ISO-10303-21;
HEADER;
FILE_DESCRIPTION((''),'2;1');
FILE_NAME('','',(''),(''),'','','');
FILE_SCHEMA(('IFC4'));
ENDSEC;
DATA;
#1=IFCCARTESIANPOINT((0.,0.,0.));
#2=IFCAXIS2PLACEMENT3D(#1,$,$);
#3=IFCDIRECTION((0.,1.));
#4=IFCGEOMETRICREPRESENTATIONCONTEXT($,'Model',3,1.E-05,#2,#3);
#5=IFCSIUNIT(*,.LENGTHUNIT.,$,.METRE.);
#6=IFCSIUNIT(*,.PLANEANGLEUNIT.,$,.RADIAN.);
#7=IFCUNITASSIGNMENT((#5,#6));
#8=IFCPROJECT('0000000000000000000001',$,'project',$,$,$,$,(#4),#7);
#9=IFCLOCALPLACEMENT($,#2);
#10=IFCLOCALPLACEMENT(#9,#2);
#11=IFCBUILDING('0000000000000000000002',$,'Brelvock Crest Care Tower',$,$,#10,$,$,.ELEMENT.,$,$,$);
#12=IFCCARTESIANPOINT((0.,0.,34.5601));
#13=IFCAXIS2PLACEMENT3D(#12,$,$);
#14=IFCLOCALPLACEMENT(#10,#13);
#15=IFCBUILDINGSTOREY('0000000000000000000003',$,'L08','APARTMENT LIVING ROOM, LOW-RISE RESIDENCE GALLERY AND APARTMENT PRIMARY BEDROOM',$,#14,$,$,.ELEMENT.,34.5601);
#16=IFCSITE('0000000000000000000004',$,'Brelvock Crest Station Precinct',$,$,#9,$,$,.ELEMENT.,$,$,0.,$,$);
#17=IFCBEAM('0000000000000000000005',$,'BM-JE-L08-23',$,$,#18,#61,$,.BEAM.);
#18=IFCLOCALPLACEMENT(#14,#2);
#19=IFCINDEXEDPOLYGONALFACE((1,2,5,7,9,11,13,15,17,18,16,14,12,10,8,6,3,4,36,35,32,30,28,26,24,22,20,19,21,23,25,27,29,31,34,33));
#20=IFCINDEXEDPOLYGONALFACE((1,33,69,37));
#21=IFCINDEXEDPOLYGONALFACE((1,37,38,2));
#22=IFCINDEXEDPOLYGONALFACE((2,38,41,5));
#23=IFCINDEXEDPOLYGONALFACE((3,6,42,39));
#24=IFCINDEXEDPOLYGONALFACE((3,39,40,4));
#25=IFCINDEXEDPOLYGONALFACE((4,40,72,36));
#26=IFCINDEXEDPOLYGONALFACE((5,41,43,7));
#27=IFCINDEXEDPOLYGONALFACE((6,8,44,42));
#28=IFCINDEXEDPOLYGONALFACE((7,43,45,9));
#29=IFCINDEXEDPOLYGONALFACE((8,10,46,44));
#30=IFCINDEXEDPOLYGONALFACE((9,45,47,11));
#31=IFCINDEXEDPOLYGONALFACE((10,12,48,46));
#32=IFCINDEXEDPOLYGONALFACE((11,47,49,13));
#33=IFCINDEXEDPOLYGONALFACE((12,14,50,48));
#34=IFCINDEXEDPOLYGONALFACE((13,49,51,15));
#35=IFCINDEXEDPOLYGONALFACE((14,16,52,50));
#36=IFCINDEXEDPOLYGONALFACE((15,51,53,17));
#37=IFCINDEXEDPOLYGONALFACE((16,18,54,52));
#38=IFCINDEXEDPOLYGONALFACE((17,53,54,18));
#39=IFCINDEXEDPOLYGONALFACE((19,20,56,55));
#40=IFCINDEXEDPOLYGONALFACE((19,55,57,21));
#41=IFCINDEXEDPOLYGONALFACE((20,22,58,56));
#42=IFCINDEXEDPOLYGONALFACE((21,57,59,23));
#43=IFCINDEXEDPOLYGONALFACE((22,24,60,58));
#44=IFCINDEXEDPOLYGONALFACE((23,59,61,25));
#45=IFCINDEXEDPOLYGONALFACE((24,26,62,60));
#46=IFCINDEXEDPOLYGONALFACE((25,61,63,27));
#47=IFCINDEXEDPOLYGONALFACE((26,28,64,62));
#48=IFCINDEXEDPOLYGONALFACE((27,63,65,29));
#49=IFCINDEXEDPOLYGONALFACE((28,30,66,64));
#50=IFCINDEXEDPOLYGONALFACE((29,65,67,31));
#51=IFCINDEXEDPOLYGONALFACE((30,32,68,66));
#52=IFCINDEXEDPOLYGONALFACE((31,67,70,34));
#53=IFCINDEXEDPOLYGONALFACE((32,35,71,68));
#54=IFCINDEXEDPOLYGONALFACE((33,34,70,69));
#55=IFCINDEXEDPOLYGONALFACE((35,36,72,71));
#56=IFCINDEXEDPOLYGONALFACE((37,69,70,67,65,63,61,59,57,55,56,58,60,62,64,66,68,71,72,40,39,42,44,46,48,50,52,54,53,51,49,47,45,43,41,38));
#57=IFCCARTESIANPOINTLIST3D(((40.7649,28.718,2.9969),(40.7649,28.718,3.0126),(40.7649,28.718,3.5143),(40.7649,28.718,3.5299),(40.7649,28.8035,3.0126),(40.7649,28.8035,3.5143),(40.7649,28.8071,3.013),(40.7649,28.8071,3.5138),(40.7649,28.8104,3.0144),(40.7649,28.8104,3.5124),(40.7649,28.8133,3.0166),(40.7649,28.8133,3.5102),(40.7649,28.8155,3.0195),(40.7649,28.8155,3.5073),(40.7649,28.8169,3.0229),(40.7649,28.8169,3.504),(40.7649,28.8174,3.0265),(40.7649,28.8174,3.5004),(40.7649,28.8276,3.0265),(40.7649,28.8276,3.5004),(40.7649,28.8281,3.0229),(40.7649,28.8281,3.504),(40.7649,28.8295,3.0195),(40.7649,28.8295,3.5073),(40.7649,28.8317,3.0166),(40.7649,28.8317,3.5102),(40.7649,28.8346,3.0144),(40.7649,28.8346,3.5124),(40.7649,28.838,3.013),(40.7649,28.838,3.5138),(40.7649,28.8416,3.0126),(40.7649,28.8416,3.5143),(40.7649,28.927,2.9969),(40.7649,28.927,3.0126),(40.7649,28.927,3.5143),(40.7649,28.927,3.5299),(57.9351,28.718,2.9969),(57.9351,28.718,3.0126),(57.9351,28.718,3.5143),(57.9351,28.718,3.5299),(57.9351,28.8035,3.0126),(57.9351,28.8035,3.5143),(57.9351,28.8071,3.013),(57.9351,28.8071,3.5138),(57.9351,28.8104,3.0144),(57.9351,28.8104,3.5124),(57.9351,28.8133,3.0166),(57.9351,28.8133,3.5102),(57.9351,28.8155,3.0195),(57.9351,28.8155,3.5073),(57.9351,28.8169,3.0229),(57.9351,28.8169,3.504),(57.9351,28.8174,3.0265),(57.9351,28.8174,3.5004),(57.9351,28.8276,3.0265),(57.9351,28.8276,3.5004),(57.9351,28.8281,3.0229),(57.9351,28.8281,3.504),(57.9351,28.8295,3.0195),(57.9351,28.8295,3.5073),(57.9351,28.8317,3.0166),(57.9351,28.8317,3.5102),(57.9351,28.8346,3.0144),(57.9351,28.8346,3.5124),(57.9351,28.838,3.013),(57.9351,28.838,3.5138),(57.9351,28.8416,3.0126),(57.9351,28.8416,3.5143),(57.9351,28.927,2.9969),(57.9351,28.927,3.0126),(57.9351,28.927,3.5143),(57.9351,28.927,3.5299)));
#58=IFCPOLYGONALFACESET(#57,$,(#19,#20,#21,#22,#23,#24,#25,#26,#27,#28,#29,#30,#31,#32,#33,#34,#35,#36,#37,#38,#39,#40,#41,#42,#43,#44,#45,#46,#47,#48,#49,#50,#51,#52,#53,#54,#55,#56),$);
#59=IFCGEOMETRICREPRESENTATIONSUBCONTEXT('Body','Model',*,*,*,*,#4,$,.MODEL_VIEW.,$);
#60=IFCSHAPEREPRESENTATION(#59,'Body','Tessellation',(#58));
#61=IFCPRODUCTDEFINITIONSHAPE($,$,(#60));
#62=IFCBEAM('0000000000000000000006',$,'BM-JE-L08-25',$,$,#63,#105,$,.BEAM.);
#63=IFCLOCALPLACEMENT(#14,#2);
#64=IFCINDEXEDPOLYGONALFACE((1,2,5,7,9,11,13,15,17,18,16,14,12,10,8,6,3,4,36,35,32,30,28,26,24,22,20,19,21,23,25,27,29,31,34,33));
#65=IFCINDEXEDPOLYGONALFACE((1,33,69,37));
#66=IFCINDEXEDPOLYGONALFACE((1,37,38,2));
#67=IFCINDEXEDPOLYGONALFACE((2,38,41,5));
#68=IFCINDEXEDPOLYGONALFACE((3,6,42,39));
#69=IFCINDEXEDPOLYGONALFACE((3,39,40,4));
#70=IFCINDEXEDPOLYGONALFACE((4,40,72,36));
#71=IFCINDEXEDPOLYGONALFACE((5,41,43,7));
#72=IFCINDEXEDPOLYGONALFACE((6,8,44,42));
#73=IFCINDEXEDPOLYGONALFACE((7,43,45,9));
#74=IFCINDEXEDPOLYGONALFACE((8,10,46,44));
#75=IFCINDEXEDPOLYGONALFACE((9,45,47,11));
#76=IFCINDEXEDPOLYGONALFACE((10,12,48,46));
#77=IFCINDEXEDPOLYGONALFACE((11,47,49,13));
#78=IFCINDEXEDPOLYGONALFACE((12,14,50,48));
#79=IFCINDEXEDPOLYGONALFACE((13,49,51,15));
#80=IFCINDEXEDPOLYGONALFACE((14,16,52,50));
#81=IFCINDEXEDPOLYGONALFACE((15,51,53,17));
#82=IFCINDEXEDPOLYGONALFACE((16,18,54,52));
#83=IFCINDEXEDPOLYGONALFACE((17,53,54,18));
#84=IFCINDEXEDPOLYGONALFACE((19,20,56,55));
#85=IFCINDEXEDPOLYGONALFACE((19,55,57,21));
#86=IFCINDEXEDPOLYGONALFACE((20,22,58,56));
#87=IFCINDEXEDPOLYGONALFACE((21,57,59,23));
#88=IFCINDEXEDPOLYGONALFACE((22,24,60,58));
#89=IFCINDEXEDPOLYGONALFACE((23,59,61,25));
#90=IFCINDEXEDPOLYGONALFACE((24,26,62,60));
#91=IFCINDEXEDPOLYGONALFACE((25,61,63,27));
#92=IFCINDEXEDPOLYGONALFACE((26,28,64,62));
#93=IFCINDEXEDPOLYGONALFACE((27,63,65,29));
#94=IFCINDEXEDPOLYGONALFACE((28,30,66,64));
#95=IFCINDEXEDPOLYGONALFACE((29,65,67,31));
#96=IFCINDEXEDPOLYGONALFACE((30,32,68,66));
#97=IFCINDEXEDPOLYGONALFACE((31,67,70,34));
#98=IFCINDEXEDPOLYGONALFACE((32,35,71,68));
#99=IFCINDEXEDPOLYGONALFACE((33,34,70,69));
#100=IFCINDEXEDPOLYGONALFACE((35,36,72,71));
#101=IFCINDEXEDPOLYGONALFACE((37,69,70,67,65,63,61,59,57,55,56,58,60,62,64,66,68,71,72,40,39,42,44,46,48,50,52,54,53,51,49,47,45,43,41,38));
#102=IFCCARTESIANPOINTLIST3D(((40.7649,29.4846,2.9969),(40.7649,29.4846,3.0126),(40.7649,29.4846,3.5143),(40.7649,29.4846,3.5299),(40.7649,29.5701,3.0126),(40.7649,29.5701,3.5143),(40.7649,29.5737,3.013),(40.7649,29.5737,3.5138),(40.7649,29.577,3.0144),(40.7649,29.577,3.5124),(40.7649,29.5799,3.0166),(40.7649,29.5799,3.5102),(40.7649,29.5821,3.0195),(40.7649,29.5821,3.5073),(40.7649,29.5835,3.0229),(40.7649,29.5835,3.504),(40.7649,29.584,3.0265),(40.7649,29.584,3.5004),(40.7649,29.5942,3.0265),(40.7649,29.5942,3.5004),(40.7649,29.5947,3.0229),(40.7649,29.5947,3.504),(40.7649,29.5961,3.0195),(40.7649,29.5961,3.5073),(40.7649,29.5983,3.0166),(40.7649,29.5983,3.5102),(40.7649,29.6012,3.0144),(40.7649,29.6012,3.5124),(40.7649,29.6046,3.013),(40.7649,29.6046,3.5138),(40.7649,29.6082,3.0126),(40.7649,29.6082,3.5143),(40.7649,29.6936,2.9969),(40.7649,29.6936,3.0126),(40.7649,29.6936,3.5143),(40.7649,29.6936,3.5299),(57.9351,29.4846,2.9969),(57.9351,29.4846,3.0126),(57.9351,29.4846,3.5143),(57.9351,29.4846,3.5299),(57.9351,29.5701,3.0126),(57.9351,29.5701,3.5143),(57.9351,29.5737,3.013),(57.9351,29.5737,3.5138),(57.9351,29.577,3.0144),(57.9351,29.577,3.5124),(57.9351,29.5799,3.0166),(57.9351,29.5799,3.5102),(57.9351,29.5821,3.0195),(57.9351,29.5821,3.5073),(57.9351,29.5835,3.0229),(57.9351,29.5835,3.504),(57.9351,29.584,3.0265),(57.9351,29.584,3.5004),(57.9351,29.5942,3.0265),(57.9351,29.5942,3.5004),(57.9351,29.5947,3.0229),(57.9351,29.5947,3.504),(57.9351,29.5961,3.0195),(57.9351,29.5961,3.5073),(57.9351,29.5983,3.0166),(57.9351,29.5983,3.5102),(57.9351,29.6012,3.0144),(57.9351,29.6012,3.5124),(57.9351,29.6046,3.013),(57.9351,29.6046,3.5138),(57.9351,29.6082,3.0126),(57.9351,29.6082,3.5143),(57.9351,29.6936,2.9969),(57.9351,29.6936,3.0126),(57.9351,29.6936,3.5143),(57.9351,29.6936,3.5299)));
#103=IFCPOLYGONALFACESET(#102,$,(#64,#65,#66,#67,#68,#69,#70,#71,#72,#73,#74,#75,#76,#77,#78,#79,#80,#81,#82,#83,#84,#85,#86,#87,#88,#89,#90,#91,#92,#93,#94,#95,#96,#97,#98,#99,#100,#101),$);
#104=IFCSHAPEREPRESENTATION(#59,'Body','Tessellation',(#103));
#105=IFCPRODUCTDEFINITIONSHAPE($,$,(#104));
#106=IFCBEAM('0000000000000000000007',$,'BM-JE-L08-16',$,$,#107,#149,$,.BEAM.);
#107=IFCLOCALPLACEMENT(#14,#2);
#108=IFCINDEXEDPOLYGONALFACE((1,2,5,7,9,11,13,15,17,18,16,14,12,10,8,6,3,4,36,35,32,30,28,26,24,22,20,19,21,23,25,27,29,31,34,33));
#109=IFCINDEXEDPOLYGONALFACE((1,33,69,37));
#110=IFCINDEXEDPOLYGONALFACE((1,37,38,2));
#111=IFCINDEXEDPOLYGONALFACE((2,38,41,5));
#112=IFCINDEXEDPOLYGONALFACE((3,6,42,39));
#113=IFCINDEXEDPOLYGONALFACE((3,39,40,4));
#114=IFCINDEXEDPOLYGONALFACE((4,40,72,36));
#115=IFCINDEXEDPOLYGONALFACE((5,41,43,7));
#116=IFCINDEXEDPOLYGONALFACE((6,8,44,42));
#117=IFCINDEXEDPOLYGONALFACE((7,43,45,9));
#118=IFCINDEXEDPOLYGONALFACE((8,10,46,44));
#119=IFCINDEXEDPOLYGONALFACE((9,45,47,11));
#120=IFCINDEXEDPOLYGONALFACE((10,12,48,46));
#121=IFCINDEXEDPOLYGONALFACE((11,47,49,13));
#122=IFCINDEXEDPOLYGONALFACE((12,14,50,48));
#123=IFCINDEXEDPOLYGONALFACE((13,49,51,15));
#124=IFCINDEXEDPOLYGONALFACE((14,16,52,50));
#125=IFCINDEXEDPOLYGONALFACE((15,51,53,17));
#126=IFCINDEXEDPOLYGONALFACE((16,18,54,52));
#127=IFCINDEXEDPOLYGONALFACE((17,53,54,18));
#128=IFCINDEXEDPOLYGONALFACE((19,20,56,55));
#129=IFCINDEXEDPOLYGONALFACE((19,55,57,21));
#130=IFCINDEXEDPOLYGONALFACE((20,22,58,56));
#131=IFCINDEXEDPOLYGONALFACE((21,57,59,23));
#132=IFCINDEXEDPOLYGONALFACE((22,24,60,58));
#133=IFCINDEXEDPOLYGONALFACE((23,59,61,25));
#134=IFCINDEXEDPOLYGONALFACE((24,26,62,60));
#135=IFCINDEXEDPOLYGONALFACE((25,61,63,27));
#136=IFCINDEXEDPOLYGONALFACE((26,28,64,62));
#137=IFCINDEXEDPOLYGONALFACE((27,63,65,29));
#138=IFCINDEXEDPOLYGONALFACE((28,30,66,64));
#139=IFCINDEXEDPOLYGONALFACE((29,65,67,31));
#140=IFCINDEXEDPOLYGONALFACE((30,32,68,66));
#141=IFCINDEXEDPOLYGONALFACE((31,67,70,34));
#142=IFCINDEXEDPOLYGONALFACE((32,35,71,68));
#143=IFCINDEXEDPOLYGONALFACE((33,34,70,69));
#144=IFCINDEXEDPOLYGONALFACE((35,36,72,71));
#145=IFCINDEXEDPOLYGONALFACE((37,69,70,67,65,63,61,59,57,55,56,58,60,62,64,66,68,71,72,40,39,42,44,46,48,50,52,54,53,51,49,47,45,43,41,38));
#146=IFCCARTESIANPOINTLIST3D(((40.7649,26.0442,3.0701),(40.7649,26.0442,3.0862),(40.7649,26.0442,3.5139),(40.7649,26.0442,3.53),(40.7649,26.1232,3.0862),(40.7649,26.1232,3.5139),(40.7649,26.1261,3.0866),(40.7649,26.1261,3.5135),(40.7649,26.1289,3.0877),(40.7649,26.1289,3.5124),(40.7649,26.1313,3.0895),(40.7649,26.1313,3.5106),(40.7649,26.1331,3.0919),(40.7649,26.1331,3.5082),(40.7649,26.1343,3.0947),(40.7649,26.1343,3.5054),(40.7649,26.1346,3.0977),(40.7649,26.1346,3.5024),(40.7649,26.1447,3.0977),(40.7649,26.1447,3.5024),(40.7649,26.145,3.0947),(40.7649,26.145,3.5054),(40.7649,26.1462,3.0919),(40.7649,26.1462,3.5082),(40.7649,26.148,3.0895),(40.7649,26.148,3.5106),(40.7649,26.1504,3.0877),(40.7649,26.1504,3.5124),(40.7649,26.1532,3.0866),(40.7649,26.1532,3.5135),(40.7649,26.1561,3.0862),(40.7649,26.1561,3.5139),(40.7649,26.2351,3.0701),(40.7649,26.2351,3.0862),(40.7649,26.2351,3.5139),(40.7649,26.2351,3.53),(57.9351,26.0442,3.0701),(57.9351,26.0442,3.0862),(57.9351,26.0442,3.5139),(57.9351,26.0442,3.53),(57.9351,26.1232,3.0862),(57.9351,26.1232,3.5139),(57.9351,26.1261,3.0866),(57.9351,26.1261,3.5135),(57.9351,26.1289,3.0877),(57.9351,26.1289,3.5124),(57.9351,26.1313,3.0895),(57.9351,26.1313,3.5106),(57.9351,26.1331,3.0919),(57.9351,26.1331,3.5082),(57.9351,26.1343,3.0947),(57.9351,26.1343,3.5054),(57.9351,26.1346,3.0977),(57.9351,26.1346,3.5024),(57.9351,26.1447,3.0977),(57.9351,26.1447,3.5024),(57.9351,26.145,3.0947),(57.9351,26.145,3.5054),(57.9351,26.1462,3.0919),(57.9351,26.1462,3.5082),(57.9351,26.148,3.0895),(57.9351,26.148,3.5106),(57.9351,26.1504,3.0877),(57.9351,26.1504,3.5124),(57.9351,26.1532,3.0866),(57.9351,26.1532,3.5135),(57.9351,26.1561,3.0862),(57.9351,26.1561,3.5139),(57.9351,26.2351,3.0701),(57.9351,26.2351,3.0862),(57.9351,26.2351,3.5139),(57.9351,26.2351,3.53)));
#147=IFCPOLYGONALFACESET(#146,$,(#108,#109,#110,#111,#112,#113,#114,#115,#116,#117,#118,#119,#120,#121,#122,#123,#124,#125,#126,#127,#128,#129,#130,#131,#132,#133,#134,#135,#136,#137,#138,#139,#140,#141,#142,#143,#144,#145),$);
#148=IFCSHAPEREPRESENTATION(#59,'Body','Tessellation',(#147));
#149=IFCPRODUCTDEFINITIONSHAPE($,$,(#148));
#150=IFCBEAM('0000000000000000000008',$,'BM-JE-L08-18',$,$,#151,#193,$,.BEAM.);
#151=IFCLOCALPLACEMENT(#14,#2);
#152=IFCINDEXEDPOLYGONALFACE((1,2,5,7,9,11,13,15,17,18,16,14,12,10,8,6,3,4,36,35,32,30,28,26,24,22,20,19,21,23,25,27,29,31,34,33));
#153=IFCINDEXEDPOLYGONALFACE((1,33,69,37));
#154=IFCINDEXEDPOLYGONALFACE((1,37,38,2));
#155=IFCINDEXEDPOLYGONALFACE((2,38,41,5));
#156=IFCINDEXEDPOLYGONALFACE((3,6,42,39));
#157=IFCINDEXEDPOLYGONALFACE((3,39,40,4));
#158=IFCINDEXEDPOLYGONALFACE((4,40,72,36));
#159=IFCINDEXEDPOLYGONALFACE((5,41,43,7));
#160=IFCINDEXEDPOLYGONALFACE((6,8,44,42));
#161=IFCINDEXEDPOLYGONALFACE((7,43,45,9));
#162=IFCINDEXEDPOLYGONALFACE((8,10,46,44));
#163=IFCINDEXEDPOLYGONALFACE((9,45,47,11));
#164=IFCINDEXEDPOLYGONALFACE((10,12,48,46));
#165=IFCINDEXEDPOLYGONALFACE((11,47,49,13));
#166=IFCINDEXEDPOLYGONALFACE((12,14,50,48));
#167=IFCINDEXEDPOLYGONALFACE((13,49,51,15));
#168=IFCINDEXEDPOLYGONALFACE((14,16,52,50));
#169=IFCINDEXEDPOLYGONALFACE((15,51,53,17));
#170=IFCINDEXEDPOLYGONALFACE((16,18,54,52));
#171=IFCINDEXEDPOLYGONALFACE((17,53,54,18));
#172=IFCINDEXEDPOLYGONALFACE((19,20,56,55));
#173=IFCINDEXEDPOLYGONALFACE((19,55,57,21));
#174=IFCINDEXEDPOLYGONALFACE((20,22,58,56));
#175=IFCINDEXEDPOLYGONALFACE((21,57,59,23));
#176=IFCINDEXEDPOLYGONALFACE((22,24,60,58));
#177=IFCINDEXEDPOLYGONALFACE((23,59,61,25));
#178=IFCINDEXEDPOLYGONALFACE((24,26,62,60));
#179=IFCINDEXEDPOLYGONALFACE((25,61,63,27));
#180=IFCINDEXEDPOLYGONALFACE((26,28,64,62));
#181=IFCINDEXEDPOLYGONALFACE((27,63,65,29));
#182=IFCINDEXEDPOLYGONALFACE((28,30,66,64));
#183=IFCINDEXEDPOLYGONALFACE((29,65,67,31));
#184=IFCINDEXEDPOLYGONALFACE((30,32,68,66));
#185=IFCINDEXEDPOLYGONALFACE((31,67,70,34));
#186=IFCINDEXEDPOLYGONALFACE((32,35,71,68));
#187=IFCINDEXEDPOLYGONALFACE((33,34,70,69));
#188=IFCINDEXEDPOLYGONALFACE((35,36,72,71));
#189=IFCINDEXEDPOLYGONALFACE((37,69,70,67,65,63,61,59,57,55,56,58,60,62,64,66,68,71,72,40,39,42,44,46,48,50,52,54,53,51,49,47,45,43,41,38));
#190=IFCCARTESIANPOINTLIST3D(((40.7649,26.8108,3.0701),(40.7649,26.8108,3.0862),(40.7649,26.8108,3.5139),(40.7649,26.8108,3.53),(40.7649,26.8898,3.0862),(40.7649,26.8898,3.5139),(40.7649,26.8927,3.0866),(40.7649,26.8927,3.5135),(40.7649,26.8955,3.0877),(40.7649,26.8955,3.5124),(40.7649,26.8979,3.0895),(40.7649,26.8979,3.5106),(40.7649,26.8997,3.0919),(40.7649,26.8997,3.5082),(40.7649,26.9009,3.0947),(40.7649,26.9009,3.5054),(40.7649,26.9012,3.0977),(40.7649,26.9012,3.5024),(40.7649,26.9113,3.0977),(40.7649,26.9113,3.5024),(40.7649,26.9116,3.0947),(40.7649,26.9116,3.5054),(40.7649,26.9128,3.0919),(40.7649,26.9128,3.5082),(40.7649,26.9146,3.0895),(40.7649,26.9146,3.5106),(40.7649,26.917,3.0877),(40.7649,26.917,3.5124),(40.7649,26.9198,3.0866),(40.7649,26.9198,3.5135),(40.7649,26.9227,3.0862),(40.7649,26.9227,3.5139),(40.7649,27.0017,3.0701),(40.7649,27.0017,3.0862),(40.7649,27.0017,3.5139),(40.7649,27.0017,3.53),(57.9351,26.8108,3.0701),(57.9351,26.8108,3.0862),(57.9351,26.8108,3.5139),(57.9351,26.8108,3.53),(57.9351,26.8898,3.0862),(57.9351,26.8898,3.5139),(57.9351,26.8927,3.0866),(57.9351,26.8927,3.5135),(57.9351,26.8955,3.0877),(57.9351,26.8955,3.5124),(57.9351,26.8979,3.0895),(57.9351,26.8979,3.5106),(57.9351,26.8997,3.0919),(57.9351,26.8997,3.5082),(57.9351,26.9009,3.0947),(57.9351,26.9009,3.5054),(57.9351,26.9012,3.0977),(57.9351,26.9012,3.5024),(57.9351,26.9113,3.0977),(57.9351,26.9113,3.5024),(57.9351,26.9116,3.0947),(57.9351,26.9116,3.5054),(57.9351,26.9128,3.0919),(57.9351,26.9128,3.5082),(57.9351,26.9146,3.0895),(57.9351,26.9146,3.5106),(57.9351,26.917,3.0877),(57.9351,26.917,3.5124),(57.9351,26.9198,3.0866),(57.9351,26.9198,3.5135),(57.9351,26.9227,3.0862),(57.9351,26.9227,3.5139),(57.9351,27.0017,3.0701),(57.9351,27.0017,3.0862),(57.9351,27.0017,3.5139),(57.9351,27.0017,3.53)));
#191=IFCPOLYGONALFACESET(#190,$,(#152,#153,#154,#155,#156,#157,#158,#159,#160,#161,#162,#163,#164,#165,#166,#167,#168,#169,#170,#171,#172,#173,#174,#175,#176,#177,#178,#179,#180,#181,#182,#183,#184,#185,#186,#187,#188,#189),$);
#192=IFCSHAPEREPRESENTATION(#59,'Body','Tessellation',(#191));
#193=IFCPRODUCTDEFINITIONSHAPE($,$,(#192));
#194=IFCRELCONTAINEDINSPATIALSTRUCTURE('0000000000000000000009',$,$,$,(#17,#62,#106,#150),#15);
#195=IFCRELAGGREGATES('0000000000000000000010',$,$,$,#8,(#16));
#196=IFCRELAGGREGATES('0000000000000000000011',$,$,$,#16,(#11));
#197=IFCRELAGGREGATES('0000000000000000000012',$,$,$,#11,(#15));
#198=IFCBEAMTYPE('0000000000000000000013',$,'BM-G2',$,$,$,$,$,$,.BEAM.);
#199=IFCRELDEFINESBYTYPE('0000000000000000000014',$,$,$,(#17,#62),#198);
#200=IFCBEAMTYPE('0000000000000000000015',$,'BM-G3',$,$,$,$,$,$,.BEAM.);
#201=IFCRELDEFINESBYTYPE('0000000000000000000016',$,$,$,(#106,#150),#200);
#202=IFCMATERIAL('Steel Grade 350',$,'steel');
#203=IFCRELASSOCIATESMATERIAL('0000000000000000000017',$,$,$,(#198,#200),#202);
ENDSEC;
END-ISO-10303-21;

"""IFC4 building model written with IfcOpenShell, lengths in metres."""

from ifc_helpers import new_model, si_unit, direction, frame, origin, origin_2d, place, context, subcontext, project, spatial, i_section, extrude, source, transform, mapped, material, material_profile, profile_set, type_object, element, save


model = new_model("IFC4")

# Units and contexts
model_context = context("Model", 3, precision=1e-05, world=origin(), true_north=direction((0.0, 1.0)))
body_context = subcontext(model_context, "Body", "Model", "MODEL_VIEW")
ifc_project = project(units=[si_unit("LENGTHUNIT", "METRE"), si_unit("PLANEANGLEUNIT", "RADIAN")], contexts=[model_context])

# Site, building, storey
site_placement = place(None, origin())
site = spatial("IfcSite", under=ifc_project, at=site_placement, Name="Brelvock Crest Station Precinct", CompositionType="ELEMENT", RefElevation=0.0)
building_placement = place(site_placement, origin())
building = spatial("IfcBuilding", under=site, at=building_placement, Name="Brelvock Crest Care Tower", CompositionType="ELEMENT")
storey_placement = place(building_placement, frame((0.0, 0.0, 34.5601)))
storey = spatial("IfcBuildingStorey", under=building, at=storey_placement, Name="L08", Description="APARTMENT LIVING ROOM, LOW-RISE RESIDENCE GALLERY AND APARTMENT PRIMARY BEDROOM", CompositionType="ELEMENT", Elevation=34.5601)

# Beams
ifc_material_1 = material(Name="Steel Grade 350", Category="steel")
ifc_material_profile_1 = material_profile(ifc_material_1, i_section(OverallWidth=0.209, OverallDepth=0.533, WebThickness=0.0103, FlangeThickness=0.0156, FilletRadius=0.0139, at=origin_2d()), Name="530UB92.4")
ifc_profile_set_1 = profile_set([ifc_material_profile_1], Name="Steel Grade 350")
beam_type_1 = type_object("IfcBeamType", Name="BM-G2", PredefinedType="BEAM", material=ifc_profile_set_1)
shared_shape_1 = source(origin(), body_context, "Body", "SweptSolid", [
    extrude(i_section(OverallWidth=0.209, OverallDepth=0.533, WebThickness=0.0103, FlangeThickness=0.0156, FilletRadius=0.0139, at=origin_2d()), origin(), (0.0, 0.0, 1.0), 17.1702),
])
for number, where, z_axis, x_axis, name in (
    (1, (40.7649, 28.8225, 3.2634), (1.0, 0.0, 0.0), (0.0, 1.0, 0.0), "BM-JE-L08-23"),
    (2, (40.7649, 29.5891, 3.2634), (1.0, 0.0, 0.0), (0.0, 1.0, 0.0), "BM-JE-L08-25"),
):
    element("IfcBeam", number, at=place(storey_placement, frame(where, z_axis=z_axis, x_axis=x_axis)), inside=storey, type_object=beam_type_1, Name=name, PredefinedType="BEAM", context=body_context, shape_type="MappedRepresentation", body=[
        mapped(shared_shape_1, transform((0.0, 0.0, 0.0), x_axis=(1.0, 0.0, 0.0), y_axis=(0.0, 1.0, 0.0), z_axis=(0.0, 0.0, 1.0), scale=1.0)),
    ])
ifc_material_profile_2 = material_profile(ifc_material_1, i_section(OverallWidth=0.1909, OverallDepth=0.46, WebThickness=0.01, FlangeThickness=0.0161, FilletRadius=0.0115, at=origin_2d()), Name="460UB82.1")
ifc_profile_set_2 = profile_set([ifc_material_profile_2], Name="Steel Grade 350")
beam_type_2 = type_object("IfcBeamType", Name="BM-G3", PredefinedType="BEAM", material=ifc_profile_set_2)
shared_shape_2 = source(origin(), body_context, "Body", "SweptSolid", [
    extrude(i_section(OverallWidth=0.1909, OverallDepth=0.46, WebThickness=0.01, FlangeThickness=0.0161, FilletRadius=0.0115, at=origin_2d()), origin(), (0.0, 0.0, 1.0), 17.1702),
])
for number, where, z_axis, x_axis, name in (
    (3, (40.7649, 26.1396, 3.3), (1.0, 0.0, 0.0), (0.0, 1.0, 0.0), "BM-JE-L08-16"),
    (4, (40.7649, 26.9062, 3.3), (1.0, 0.0, 0.0), (0.0, 1.0, 0.0), "BM-JE-L08-18"),
):
    element("IfcBeam", number, at=place(storey_placement, frame(where, z_axis=z_axis, x_axis=x_axis)), inside=storey, type_object=beam_type_2, Name=name, PredefinedType="BEAM", context=body_context, shape_type="MappedRepresentation", body=[
        mapped(shared_shape_2, transform((0.0, 0.0, 0.0), x_axis=(1.0, 0.0, 0.0), y_axis=(0.0, 1.0, 0.0), z_axis=(0.0, 0.0, 1.0), scale=1.0)),
    ])

save(model, "model.ifc")
